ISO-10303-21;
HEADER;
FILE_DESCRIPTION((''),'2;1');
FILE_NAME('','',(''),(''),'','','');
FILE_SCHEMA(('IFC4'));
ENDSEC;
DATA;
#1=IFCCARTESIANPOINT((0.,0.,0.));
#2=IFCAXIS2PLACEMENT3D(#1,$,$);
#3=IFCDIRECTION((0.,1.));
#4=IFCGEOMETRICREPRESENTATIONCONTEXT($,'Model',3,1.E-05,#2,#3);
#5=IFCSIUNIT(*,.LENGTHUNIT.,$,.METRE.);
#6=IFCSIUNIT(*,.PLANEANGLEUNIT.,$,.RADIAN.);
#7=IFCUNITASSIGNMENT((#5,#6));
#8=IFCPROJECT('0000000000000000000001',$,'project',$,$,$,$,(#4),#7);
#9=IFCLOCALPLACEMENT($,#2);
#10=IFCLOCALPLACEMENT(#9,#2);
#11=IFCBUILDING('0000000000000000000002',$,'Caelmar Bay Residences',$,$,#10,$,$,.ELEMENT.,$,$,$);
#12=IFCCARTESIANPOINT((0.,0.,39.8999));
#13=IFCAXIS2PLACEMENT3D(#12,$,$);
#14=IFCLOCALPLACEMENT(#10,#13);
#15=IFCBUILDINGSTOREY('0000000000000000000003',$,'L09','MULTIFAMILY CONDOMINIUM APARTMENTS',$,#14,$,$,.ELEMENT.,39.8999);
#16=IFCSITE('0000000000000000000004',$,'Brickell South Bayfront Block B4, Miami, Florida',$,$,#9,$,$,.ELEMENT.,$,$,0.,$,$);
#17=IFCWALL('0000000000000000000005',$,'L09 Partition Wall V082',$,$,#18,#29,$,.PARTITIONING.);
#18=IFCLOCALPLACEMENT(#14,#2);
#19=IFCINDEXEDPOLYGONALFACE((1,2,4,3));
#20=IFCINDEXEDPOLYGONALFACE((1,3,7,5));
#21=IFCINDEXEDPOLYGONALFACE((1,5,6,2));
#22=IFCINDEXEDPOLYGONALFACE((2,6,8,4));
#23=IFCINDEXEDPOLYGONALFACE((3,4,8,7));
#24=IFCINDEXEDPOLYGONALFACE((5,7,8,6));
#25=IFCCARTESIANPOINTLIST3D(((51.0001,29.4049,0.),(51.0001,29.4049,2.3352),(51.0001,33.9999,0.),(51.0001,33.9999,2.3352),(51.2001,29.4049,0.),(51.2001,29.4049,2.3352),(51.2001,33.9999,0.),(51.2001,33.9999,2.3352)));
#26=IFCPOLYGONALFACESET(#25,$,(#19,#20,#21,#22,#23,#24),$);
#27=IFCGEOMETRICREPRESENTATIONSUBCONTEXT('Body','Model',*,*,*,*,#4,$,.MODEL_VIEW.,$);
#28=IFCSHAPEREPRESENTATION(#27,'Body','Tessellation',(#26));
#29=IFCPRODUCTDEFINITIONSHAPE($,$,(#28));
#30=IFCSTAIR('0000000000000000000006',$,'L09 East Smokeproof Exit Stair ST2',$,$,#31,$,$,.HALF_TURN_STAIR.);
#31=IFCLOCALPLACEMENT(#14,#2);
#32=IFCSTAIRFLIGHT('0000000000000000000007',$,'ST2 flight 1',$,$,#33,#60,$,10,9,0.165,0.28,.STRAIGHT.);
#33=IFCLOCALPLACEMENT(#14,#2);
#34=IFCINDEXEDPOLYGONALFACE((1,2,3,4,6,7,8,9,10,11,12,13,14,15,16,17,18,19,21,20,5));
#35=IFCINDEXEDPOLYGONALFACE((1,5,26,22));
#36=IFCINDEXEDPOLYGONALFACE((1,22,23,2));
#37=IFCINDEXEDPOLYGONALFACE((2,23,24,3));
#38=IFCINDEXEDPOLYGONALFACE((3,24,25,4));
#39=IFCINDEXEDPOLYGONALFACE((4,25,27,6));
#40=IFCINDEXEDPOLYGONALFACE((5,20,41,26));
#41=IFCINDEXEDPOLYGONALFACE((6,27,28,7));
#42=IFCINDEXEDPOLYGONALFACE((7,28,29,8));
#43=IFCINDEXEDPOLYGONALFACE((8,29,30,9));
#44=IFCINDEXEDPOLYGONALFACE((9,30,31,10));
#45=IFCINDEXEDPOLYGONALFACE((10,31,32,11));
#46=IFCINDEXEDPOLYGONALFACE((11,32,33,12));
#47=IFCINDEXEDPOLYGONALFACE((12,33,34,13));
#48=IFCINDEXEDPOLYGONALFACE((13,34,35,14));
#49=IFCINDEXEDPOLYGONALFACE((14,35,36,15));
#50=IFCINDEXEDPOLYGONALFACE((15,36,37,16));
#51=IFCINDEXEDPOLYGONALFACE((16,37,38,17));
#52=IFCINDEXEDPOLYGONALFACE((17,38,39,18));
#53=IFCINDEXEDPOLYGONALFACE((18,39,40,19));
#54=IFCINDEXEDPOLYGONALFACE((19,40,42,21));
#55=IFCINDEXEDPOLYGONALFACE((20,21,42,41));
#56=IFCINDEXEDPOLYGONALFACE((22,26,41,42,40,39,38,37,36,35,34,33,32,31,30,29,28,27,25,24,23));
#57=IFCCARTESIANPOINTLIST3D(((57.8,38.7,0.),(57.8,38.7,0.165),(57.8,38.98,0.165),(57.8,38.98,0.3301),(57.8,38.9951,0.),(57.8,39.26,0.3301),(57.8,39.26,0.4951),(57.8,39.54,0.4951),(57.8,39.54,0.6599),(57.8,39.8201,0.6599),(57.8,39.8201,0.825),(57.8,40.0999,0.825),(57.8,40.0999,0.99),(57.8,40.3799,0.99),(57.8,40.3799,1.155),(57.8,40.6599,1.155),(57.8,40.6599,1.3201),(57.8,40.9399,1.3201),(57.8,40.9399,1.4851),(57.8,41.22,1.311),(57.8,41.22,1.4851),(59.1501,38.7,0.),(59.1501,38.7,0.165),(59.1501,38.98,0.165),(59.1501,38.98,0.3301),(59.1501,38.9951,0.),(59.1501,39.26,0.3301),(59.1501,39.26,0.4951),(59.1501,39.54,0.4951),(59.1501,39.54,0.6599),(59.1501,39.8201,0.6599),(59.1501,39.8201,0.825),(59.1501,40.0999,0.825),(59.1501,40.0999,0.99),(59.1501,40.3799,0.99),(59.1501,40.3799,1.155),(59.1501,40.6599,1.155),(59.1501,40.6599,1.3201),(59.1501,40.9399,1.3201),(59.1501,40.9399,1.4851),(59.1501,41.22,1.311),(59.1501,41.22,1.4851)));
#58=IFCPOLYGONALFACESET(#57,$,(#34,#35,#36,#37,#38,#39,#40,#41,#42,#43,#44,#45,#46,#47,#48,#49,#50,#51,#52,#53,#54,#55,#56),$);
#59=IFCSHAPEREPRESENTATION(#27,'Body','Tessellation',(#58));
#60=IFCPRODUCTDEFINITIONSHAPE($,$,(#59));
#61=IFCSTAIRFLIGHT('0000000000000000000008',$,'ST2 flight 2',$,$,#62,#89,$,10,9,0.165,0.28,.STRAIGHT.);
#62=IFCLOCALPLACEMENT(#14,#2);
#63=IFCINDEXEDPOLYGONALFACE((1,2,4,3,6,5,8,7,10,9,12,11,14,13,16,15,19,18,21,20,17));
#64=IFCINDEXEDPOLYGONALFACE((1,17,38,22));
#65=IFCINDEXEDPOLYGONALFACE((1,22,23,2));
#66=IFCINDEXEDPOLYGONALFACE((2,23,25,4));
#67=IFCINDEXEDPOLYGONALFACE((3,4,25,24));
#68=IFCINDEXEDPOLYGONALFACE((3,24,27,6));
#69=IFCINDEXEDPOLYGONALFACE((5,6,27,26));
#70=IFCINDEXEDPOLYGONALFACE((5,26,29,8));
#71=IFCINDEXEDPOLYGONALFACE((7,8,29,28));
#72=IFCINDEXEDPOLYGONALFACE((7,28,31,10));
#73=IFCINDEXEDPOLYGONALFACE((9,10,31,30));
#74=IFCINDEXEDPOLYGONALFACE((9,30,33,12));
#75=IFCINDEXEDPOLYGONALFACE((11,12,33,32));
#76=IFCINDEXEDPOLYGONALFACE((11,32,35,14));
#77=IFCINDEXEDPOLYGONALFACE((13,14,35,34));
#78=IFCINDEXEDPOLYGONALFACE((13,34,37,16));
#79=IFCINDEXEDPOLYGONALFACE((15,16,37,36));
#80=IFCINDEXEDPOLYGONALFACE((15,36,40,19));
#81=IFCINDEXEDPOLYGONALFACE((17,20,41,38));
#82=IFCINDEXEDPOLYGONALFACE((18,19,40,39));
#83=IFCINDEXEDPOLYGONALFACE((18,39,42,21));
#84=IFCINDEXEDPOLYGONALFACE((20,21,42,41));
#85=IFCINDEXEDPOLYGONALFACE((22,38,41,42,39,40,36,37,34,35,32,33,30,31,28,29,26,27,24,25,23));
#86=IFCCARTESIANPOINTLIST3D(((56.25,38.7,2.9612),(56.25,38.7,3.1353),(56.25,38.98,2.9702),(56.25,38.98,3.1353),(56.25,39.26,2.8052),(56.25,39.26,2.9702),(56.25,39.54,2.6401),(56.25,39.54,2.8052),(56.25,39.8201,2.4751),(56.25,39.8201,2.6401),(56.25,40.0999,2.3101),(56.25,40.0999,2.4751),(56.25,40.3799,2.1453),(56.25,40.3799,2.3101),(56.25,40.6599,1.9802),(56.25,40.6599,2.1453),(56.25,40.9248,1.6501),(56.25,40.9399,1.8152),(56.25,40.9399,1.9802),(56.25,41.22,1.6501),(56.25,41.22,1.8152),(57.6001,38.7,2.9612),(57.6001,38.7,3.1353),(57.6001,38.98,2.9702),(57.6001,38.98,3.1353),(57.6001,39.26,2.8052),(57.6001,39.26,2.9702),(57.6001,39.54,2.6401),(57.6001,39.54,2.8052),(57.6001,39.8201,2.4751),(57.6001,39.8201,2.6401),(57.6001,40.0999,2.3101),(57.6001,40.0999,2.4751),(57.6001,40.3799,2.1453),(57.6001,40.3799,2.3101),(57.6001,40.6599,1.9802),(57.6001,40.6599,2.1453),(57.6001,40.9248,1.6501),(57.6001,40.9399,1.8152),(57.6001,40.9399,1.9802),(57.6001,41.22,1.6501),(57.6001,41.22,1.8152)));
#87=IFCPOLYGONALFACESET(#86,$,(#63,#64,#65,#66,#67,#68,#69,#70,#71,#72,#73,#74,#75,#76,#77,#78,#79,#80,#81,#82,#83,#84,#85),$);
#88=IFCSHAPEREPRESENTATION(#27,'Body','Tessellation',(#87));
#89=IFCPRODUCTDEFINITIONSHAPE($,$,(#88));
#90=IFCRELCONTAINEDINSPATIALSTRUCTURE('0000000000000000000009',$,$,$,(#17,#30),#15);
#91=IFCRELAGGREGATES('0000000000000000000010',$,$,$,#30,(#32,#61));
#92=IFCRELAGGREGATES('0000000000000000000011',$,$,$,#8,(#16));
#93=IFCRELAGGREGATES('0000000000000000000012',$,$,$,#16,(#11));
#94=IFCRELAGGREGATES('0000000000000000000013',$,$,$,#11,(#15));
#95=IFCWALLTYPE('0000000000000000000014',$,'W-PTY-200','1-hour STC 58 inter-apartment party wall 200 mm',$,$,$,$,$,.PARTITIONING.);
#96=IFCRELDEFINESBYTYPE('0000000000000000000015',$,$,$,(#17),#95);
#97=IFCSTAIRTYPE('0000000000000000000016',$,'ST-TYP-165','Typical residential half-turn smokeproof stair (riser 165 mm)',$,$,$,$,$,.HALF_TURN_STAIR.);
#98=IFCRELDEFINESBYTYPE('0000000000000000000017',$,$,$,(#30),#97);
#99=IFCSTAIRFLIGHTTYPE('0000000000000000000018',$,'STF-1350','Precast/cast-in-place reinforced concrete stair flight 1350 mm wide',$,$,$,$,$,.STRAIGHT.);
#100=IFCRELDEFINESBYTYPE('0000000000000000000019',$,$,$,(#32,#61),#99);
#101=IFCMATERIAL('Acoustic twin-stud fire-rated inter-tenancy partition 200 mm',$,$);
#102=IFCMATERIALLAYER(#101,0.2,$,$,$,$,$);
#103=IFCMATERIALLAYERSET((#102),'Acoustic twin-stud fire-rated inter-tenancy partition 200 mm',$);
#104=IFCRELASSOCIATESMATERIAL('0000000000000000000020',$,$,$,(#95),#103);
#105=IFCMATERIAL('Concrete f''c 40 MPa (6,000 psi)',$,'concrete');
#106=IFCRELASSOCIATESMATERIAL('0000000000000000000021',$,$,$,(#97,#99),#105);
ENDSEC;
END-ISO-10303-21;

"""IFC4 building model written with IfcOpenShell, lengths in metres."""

from ifc_helpers import new_model, si_unit, direction, frame, frame_2d, origin, place, context, subcontext, project, spatial, polyline, rectangle, outline, extrude, material, layer, layer_set, type_object, element, aggregate, save


model = new_model("IFC4")

# Units and contexts
model_context = context("Model", 3, precision=1e-05, world=origin(), true_north=direction((0.0, 1.0)))
body_context = subcontext(model_context, "Body", "Model", "MODEL_VIEW")
ifc_project = project(units=[si_unit("LENGTHUNIT", "METRE"), si_unit("PLANEANGLEUNIT", "RADIAN")], contexts=[model_context])

# Site, building, storey
site_placement = place(None, origin())
site = spatial("IfcSite", under=ifc_project, at=site_placement, Name="Brickell South Bayfront Block B4, Miami, Florida", CompositionType="ELEMENT", RefElevation=0.0)
building_placement = place(site_placement, origin())
building = spatial("IfcBuilding", under=site, at=building_placement, Name="Caelmar Bay Residences", CompositionType="ELEMENT")
storey_placement = place(building_placement, frame((0.0, 0.0, 39.8999)))
storey = spatial("IfcBuildingStorey", under=building, at=storey_placement, Name="L09", Description="MULTIFAMILY CONDOMINIUM APARTMENTS", CompositionType="ELEMENT", Elevation=39.8999)

# Wall
ifc_material_1 = material(Name="Acoustic twin-stud fire-rated inter-tenancy partition 200 mm")
ifc_layer_1 = layer(ifc_material_1, 0.2)
ifc_layer_set_1 = layer_set([ifc_layer_1], Name="Acoustic twin-stud fire-rated inter-tenancy partition 200 mm")
wall_type_1 = type_object("IfcWallType", Name="W-PTY-200", Description="1-hour STC 58 inter-apartment party wall 200 mm", PredefinedType="PARTITIONING", material=ifc_layer_set_1)
wall_1_placement = place(storey_placement, frame((51.1001, 29.405, 0.0), z_axis=(0.0, 0.0, 1.0), x_axis=(0.0, 1.0, 0.0)))
element("IfcWall", 1, at=wall_1_placement, inside=storey, type_object=wall_type_1, Name="L09 Partition Wall V082", PredefinedType="PARTITIONING", context=body_context, shape_type="SweptSolid", body=[
    extrude(rectangle(XDim=4.595, YDim=0.2, at=frame_2d((2.2974, 0.0))), origin(), (0.0, 0.0, 1.0), 2.3352),
])

# Stair, stair flights
ifc_material_2 = material(Name="Concrete f'c 40 MPa (6,000 psi)", Category="concrete")
stair_type = type_object("IfcStairType", Name="ST-TYP-165", Description="Typical residential half-turn smokeproof stair (riser 165 mm)", PredefinedType="HALF_TURN_STAIR", material=ifc_material_2)
stair_placement = place(storey_placement, origin())
stair = element("IfcStair", 2, at=stair_placement, inside=storey, type_object=stair_type, Name="L09 East Smokeproof Exit Stair ST2", PredefinedType="HALF_TURN_STAIR")
stair_flight_type = type_object("IfcStairFlightType", Name="STF-1350", Description="Precast/cast-in-place reinforced concrete stair flight 1350 mm wide", PredefinedType="STRAIGHT", material=ifc_material_2)
stair_flight_1_placement = place(storey_placement, frame((58.4751, 38.7, 0.0), z_axis=(0.0, 0.0, 1.0), x_axis=(0.0, 1.0, 0.0)))
stair_flight_1 = element("IfcStairFlight", 3, at=stair_flight_1_placement, type_object=stair_flight_type, Name="ST2 flight 1", NumberOfRisers=10, NumberOfTreads=9, PredefinedType="STRAIGHT", RiserHeight=0.165, TreadLength=0.28, context=body_context, shape_type="SweptSolid", body=[
    extrude(outline(polyline([(0.0, 0.0), (0.0, 0.165), (0.28, 0.165), (0.28, 0.3301), (0.5601, 0.3301), (0.5601, 0.4951), (0.8401, 0.4951), (0.8401, 0.6599), (1.1201, 0.6599), (1.1201, 0.825), (1.3999, 0.825), (1.3999, 0.99), (1.6799, 0.99), (1.6799, 1.155), (1.96, 1.155), (1.96, 1.3201), (2.24, 1.3201), (2.24, 1.4851), (2.52, 1.4851), (2.52, 1.6499), (2.52, 1.311), (0.2952, 0.0), (0.0, 0.0)])), frame((0.0, 0.675, 0.0), z_axis=(0.0, -1.0, 0.0), x_axis=(1.0, 0.0, 0.0)), (0.0, 0.0, 1.0), 1.3501),
])
stair_flight_2_placement = place(storey_placement, frame((56.925, 41.22, 1.6501), z_axis=(0.0, 0.0, 1.0), x_axis=(0.0, -1.0, 0.0)))
stair_flight_2 = element("IfcStairFlight", 4, at=stair_flight_2_placement, type_object=stair_flight_type, Name="ST2 flight 2", NumberOfRisers=10, NumberOfTreads=9, PredefinedType="STRAIGHT", RiserHeight=0.165, TreadLength=0.28, context=body_context, shape_type="SweptSolid", body=[
    extrude(outline(polyline([(0.0, 0.0), (0.0, 0.165), (0.28, 0.165), (0.28, 0.3301), (0.5601, 0.3301), (0.5601, 0.4951), (0.8401, 0.4951), (0.8401, 0.6599), (1.1201, 0.6599), (1.1201, 0.825), (1.3999, 0.825), (1.3999, 0.99), (1.6799, 0.99), (1.6799, 1.155), (1.96, 1.155), (1.96, 1.3201), (2.24, 1.3201), (2.24, 1.4851), (2.52, 1.4851), (2.52, 1.6499), (2.52, 1.311), (0.2952, 0.0), (0.0, 0.0)])), frame((0.0, 0.675, 0.0), z_axis=(0.0, -1.0, 0.0), x_axis=(1.0, 0.0, 0.0)), (0.0, 0.0, 1.0), 1.3501),
])
aggregate(stair, [stair_flight_1, stair_flight_2])

save(model, "model.ifc")
